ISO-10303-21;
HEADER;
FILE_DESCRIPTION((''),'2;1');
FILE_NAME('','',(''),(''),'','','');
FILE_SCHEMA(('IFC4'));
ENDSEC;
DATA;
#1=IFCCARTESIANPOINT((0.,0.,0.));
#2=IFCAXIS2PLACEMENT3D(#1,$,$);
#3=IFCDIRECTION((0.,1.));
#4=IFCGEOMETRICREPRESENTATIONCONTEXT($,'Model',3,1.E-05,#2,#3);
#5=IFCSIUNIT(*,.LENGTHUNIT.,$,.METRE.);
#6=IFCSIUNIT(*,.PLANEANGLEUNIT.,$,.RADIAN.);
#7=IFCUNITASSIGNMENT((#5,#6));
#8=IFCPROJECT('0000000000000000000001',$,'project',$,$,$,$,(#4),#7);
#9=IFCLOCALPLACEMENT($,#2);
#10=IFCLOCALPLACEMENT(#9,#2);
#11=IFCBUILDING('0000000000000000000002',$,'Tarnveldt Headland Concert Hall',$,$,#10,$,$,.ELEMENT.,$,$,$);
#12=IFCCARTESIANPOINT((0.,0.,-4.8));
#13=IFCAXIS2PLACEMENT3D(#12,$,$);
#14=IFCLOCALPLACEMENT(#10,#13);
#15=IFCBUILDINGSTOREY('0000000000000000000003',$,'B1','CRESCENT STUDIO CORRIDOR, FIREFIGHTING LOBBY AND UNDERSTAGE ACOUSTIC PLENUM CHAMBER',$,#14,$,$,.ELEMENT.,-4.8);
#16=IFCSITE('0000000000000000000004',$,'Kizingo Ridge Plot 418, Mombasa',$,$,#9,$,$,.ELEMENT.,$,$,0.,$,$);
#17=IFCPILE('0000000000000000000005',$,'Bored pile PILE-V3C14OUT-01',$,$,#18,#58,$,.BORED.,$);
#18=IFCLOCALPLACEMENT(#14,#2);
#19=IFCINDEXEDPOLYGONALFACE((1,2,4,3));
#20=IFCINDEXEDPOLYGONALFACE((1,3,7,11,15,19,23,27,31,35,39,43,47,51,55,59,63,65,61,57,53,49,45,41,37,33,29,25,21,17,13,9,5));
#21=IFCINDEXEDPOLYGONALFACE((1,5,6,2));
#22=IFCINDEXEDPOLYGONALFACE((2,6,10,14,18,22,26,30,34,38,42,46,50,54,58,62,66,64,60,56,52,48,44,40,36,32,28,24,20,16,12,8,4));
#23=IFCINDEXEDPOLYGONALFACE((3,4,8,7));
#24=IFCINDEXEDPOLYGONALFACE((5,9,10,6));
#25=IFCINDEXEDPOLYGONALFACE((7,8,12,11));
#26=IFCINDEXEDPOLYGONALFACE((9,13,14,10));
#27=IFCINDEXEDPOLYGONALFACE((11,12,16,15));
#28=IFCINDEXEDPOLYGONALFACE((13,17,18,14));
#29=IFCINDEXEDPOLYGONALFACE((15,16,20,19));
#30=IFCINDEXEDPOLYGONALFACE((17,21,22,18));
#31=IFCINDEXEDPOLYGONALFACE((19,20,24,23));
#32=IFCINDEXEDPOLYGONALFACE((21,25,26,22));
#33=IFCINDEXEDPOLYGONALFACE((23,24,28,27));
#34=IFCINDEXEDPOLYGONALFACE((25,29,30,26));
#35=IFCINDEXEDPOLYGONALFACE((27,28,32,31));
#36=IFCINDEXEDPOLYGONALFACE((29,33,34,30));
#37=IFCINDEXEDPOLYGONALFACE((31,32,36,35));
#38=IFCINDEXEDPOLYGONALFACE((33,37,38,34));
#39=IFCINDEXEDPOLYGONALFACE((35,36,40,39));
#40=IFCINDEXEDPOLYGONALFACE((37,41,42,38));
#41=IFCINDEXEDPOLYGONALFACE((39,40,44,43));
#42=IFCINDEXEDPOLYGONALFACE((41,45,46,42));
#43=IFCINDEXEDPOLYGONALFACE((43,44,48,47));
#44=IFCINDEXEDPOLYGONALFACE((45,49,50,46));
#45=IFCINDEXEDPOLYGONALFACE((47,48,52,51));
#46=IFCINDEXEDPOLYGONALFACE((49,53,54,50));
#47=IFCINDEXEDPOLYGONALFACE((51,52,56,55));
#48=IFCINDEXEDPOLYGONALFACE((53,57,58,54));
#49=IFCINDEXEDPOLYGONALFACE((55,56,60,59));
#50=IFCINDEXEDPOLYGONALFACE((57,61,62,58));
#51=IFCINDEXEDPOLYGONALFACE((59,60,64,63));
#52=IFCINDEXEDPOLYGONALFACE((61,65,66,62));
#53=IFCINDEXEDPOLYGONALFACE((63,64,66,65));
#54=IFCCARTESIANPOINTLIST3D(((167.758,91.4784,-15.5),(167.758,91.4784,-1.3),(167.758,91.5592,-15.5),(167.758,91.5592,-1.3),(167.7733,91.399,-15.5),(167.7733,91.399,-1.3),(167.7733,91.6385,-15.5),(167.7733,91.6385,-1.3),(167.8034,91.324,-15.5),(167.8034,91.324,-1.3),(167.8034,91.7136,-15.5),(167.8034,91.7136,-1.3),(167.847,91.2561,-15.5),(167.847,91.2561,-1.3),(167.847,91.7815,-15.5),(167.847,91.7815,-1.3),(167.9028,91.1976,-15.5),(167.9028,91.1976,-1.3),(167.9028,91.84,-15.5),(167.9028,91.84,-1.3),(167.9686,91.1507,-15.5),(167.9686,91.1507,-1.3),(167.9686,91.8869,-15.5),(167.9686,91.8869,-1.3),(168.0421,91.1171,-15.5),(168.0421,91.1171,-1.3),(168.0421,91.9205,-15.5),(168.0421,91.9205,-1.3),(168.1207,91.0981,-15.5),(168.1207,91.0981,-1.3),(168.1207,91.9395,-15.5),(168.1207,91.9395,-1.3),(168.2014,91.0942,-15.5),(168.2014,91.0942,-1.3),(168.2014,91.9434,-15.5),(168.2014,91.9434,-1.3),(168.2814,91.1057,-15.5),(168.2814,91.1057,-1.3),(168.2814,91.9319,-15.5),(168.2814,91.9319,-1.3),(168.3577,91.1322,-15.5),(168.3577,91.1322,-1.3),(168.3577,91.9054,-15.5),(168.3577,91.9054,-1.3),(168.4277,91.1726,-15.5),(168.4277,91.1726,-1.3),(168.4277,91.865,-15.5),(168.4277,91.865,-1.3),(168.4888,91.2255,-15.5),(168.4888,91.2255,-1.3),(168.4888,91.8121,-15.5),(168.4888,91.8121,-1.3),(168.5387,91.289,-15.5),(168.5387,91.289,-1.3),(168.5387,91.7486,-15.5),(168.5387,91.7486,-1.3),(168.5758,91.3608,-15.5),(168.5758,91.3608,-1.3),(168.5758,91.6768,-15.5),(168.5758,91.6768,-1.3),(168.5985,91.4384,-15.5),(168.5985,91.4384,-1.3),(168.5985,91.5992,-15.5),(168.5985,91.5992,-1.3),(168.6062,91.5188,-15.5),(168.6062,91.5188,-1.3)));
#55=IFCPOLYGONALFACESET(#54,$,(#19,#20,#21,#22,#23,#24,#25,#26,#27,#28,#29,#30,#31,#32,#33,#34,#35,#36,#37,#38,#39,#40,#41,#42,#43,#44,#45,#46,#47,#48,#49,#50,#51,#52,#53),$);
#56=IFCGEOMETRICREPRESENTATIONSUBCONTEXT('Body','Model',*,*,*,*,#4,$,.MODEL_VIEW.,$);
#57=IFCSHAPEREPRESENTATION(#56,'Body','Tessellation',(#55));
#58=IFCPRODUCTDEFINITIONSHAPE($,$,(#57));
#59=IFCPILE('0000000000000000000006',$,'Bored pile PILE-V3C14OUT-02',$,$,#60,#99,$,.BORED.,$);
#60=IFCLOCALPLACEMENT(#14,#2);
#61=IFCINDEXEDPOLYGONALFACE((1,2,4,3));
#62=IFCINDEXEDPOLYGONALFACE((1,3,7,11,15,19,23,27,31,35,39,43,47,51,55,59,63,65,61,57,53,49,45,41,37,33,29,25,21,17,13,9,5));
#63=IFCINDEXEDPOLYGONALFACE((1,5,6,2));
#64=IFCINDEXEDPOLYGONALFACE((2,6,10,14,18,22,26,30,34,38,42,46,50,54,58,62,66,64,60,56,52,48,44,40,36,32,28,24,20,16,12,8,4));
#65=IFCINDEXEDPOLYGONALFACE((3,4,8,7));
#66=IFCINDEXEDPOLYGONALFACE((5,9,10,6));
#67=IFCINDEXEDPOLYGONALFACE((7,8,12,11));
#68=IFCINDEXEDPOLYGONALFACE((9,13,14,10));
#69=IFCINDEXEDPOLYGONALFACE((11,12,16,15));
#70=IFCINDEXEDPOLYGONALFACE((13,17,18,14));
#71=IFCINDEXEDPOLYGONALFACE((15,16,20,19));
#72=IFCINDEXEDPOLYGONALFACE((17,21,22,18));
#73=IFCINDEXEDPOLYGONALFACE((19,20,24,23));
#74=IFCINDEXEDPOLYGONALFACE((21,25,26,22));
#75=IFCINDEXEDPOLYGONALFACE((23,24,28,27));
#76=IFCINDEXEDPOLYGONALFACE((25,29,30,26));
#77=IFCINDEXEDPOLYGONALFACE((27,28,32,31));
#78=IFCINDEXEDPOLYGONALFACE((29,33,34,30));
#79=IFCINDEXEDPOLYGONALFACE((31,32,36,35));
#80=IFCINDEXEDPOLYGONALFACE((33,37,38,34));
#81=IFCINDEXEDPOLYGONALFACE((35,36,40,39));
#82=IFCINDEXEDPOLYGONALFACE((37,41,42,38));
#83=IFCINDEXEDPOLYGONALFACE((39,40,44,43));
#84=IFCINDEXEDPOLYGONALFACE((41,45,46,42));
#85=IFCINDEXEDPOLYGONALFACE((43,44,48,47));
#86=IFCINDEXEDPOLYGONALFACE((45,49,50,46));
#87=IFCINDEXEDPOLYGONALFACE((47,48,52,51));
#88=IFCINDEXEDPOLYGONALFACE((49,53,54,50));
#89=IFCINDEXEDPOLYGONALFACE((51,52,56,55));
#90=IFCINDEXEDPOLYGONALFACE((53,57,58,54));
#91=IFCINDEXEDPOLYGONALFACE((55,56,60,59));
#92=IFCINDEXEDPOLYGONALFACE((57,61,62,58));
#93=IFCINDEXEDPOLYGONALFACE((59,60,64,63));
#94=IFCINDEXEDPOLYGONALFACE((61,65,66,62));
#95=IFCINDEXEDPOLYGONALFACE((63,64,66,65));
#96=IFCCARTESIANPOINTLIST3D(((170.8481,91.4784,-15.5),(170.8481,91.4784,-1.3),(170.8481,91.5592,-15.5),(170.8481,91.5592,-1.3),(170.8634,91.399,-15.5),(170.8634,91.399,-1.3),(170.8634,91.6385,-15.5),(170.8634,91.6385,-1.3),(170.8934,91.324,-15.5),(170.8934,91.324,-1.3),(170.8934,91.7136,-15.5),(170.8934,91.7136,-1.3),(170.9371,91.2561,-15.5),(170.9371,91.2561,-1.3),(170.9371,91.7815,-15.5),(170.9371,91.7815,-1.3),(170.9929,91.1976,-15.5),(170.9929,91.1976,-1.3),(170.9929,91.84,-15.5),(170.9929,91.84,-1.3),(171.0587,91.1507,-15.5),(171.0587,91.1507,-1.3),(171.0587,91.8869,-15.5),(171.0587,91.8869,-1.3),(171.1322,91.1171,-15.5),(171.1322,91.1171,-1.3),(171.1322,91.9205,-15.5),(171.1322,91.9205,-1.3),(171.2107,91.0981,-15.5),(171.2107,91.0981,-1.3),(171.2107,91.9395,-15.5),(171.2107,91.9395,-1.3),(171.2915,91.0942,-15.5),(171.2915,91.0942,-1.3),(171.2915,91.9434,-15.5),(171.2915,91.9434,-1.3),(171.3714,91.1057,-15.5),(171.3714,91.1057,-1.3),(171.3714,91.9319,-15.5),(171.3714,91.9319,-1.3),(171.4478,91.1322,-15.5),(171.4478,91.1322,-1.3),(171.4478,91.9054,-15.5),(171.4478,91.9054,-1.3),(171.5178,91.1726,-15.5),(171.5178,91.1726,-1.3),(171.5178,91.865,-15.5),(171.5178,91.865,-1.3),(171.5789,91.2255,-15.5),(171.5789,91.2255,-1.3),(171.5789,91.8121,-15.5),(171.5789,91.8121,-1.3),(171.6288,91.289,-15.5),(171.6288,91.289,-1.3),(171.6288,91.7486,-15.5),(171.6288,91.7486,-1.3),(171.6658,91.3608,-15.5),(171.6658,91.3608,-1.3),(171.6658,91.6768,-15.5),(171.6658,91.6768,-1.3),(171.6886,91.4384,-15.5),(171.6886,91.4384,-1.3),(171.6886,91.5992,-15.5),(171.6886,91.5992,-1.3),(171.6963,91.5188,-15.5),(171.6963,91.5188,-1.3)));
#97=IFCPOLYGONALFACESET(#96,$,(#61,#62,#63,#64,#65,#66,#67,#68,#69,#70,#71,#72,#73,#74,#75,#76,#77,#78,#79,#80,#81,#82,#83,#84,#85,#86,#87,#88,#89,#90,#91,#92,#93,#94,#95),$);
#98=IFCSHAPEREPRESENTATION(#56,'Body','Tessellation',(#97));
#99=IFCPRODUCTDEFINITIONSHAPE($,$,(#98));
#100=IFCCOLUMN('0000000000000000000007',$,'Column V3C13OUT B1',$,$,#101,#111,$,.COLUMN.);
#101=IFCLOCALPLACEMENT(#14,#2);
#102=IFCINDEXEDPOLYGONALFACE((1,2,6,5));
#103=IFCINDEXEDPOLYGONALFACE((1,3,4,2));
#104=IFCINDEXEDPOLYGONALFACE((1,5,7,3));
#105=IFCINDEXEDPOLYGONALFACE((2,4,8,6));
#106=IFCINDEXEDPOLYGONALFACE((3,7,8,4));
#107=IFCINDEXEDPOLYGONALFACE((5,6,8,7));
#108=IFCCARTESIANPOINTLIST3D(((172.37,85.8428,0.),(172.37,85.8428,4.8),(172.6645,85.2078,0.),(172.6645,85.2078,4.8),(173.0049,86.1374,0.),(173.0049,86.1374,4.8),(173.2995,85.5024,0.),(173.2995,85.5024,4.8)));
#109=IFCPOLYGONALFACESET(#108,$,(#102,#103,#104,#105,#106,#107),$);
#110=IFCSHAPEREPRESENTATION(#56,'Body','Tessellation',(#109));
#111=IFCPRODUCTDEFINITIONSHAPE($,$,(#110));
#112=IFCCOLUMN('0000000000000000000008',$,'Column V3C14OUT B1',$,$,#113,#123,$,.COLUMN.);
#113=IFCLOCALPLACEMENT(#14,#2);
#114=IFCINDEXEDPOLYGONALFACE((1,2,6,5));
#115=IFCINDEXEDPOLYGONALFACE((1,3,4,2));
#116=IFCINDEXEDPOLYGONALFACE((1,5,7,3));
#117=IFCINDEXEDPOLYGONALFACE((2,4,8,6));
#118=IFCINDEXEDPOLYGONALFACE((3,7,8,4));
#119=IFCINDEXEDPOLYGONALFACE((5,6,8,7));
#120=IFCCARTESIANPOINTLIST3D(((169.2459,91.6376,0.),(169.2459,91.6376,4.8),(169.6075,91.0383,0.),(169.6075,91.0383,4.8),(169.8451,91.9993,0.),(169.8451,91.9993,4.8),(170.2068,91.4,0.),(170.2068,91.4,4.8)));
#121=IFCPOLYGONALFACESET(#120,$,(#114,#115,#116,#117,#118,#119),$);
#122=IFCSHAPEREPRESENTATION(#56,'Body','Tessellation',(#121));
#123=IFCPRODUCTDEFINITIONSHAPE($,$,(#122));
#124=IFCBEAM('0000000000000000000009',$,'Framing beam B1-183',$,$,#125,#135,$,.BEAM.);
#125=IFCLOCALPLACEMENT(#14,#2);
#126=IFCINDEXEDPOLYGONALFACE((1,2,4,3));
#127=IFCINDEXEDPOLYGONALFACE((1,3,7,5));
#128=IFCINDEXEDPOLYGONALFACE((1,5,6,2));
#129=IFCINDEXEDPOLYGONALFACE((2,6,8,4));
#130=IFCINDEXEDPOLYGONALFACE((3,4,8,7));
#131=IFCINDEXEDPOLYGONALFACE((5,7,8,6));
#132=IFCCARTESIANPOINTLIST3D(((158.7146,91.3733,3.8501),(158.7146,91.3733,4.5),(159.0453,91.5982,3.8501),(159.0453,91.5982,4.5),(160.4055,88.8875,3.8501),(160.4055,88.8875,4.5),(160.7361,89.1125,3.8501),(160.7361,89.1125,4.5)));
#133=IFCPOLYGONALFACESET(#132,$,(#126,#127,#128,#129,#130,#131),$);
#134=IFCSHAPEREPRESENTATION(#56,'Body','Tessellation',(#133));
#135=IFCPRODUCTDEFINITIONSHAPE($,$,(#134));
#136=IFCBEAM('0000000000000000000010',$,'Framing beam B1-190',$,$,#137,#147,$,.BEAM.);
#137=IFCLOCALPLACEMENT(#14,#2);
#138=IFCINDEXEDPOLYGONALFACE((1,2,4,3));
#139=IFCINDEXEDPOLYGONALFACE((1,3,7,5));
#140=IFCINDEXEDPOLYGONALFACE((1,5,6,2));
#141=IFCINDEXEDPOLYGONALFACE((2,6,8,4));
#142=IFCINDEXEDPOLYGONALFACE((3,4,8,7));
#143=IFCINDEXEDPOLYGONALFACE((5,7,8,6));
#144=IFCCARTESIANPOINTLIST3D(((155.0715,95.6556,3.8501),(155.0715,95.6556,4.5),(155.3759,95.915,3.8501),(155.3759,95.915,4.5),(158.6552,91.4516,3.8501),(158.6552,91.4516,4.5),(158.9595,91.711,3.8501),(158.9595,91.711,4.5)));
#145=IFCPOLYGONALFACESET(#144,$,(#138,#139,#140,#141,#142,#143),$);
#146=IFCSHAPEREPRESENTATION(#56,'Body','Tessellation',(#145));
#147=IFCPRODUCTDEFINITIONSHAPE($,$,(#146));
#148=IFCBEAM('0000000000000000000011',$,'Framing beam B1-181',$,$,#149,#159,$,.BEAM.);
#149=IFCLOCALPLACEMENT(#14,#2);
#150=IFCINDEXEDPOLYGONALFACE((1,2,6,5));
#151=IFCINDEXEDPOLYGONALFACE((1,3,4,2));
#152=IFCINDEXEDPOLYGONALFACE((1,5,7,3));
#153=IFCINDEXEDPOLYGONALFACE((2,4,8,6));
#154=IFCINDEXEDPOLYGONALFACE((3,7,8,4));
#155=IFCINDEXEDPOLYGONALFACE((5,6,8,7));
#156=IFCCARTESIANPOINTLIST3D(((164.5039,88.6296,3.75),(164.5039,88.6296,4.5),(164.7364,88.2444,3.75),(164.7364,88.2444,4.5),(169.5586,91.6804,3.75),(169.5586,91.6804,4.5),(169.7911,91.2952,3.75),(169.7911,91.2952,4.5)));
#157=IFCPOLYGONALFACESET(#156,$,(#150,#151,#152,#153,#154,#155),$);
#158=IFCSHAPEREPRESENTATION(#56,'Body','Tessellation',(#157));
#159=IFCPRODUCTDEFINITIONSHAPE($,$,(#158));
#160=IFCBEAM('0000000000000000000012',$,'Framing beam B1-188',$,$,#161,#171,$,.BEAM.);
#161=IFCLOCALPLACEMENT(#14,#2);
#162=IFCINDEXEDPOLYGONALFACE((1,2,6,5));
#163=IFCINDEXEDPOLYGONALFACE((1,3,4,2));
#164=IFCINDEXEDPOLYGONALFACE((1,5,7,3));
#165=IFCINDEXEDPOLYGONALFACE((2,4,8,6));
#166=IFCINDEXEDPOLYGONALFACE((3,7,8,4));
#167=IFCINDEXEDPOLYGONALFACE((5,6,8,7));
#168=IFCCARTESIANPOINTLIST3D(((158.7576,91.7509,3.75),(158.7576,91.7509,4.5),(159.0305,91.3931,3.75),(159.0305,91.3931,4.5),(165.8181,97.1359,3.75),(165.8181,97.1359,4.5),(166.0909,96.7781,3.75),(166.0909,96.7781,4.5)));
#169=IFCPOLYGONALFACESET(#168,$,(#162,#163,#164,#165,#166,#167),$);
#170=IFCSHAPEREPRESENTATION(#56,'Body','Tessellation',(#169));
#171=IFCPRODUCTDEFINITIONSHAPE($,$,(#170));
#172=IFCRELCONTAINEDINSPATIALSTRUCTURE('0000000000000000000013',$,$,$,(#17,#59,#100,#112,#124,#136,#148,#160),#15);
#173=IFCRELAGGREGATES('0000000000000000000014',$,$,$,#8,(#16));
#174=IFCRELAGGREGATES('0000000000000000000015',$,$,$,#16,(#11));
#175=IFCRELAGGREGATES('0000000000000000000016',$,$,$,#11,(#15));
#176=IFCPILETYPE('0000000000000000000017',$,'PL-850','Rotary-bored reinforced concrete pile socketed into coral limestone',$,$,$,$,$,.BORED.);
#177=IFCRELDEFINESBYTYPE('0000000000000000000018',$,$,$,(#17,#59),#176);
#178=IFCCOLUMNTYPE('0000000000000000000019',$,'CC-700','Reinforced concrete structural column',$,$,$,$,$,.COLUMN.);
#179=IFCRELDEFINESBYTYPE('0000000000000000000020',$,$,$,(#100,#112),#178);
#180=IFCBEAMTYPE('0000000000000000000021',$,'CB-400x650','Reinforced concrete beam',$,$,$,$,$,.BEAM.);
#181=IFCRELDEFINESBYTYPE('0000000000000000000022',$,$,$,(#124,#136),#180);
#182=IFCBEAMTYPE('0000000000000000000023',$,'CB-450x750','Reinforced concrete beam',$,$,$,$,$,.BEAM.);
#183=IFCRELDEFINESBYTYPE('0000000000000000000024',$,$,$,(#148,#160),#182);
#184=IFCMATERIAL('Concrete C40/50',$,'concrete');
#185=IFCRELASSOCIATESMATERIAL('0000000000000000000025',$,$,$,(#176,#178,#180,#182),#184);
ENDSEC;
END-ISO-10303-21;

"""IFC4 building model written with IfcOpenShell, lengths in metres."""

from ifc_helpers import new_model, si_unit, direction, frame, origin, origin_2d, place, context, subcontext, project, spatial, rectangle, circle, extrude, material, material_profile, profile_set, type_object, element, save


model = new_model("IFC4")

# Units and contexts
model_context = context("Model", 3, precision=1e-05, world=origin(), true_north=direction((0.0, 1.0)))
body_context = subcontext(model_context, "Body", "Model", "MODEL_VIEW")
ifc_project = project(units=[si_unit("LENGTHUNIT", "METRE"), si_unit("PLANEANGLEUNIT", "RADIAN")], contexts=[model_context])

# Site, building, storey
site_placement = place(None, origin())
site = spatial("IfcSite", under=ifc_project, at=site_placement, Name="Kizingo Ridge Plot 418, Mombasa", CompositionType="ELEMENT", RefElevation=0.0)
building_placement = place(site_placement, origin())
building = spatial("IfcBuilding", under=site, at=building_placement, Name="Tarnveldt Headland Concert Hall", CompositionType="ELEMENT")
storey_placement = place(building_placement, frame((0.0, 0.0, -4.8)))
storey = spatial("IfcBuildingStorey", under=building, at=storey_placement, Name="B1", Description="CRESCENT STUDIO CORRIDOR, FIREFIGHTING LOBBY AND UNDERSTAGE ACOUSTIC PLENUM CHAMBER", CompositionType="ELEMENT", Elevation=-4.8)

# Shared definitions
ifc_material_1 = material(Name="Concrete C40/50", Category="concrete")

# Piles
ifc_material_profile_1 = material_profile(ifc_material_1, circle(Radius=0.425, at=origin_2d()), Name="BORED PILE D850", Category="concrete")
ifc_profile_set_1 = profile_set([ifc_material_profile_1], Name="Concrete C40/50")
pile_type_1 = type_object("IfcPileType", Name="PL-850", Description="Rotary-bored reinforced concrete pile socketed into coral limestone", PredefinedType="BORED", material=ifc_profile_set_1)
for number, where, z_axis, x_axis, name in (
    (1, (168.1812, 91.5188, -1.3), (0.0, 0.0, -1.0), (1.0, 0.0, 0.0), "Bored pile PILE-V3C14OUT-01"),
    (2, (171.2712, 91.5188, -1.3), (0.0, 0.0, -1.0), (1.0, 0.0, 0.0), "Bored pile PILE-V3C14OUT-02"),
):
    element("IfcPile", number, at=place(storey_placement, frame(where, z_axis=z_axis, x_axis=x_axis)), inside=storey, type_object=pile_type_1, Name=name, PredefinedType="BORED", context=body_context, shape_type="SweptSolid", body=[
        extrude(circle(Radius=0.425, at=origin_2d()), origin(), (0.0, 0.0, 1.0), 14.2),
    ])

# Columns
ifc_material_profile_2 = material_profile(ifc_material_1, rectangle(XDim=0.7, YDim=0.7, at=origin_2d()), Name="RC 700x700", Category="concrete")
ifc_profile_set_2 = profile_set([ifc_material_profile_2], Name="Concrete C40/50")
column_type = type_object("IfcColumnType", Name="CC-700", Description="Reinforced concrete structural column", PredefinedType="COLUMN", material=ifc_profile_set_2)
for number, where, z_axis, x_axis, name in (
    (3, (172.8347, 85.6726, 0.0), (0.0, 0.0, 1.0), (0.907117, 0.420877, 0.0), "Column V3C13OUT B1"),
    (4, (169.7263, 91.5188, 0.0), (0.0, 0.0, 1.0), (0.856177, 0.516683, 0.0), "Column V3C14OUT B1"),
):
    element("IfcColumn", number, at=place(storey_placement, frame(where, z_axis=z_axis, x_axis=x_axis)), inside=storey, type_object=column_type, Name=name, PredefinedType="COLUMN", context=body_context, shape_type="SweptSolid", body=[
        extrude(rectangle(XDim=0.7, YDim=0.7, at=origin_2d()), origin(), (0.0, 0.0, 1.0), 4.8),
    ])

# Beams
ifc_material_profile_3 = material_profile(ifc_material_1, rectangle(XDim=0.3999, YDim=0.6499, at=origin_2d()), Name="RC 400x650", Category="concrete")
ifc_profile_set_3 = profile_set([ifc_material_profile_3], Name="Concrete C40/50")
beam_type_1 = type_object("IfcBeamType", Name="CB-400x650", Description="Reinforced concrete beam", PredefinedType="BEAM", material=ifc_profile_set_3)
beam_1_placement = place(storey_placement, frame((160.5708, 89.0, 4.175), z_axis=(-0.562434, 0.826842, 0.0), x_axis=(-0.826842, -0.562434, 0.0)))
element("IfcBeam", 5, at=beam_1_placement, inside=storey, type_object=beam_type_1, Name="Framing beam B1-183", PredefinedType="BEAM", context=body_context, shape_type="SweptSolid", body=[
    extrude(rectangle(XDim=0.3999, YDim=0.6499, at=origin_2d()), origin(), (0.0, 0.0, 1.0), 3.0063),
])
beam_2_placement = place(storey_placement, frame((158.8074, 91.5813, 4.175), z_axis=(-0.648725, 0.761023, 0.0), x_axis=(-0.761023, -0.648725, 0.0)))
element("IfcBeam", 6, at=beam_2_placement, inside=storey, type_object=beam_type_1, Name="Framing beam B1-190", PredefinedType="BEAM", context=body_context, shape_type="SweptSolid", body=[
    extrude(rectangle(XDim=0.3999, YDim=0.6499, at=origin_2d()), origin(), (0.0, 0.0, 1.0), 5.5242),
])
ifc_material_profile_4 = material_profile(ifc_material_1, rectangle(XDim=0.45, YDim=0.75, at=origin_2d()), Name="RC 450x750", Category="concrete")
ifc_profile_set_4 = profile_set([ifc_material_profile_4], Name="Concrete C40/50")
beam_type_2 = type_object("IfcBeamType", Name="CB-450x750", Description="Reinforced concrete beam", PredefinedType="BEAM", material=ifc_profile_set_4)
beam_3_placement = place(storey_placement, frame((164.6201, 88.437, 4.125), z_axis=(0.856147, 0.516732, 0.0), x_axis=(-0.516732, 0.856147, 0.0)))
element("IfcBeam", 7, at=beam_3_placement, inside=storey, type_object=beam_type_2, Name="Framing beam B1-181", PredefinedType="BEAM", context=body_context, shape_type="SweptSolid", body=[
    extrude(rectangle(XDim=0.45, YDim=0.75, at=origin_2d()), origin(), (0.0, 0.0, 1.0), 5.9041),
])
beam_4_placement = place(storey_placement, frame((158.894, 91.572, 4.125), z_axis=(0.795131, 0.606438, 0.0), x_axis=(-0.606438, 0.795131, 0.0)))
element("IfcBeam", 8, at=beam_4_placement, inside=storey, type_object=beam_type_2, Name="Framing beam B1-188", PredefinedType="BEAM", context=body_context, shape_type="SweptSolid", body=[
    extrude(rectangle(XDim=0.45, YDim=0.75, at=origin_2d()), origin(), (0.0, 0.0, 1.0), 8.8796),
])

save(model, "model.ifc")
